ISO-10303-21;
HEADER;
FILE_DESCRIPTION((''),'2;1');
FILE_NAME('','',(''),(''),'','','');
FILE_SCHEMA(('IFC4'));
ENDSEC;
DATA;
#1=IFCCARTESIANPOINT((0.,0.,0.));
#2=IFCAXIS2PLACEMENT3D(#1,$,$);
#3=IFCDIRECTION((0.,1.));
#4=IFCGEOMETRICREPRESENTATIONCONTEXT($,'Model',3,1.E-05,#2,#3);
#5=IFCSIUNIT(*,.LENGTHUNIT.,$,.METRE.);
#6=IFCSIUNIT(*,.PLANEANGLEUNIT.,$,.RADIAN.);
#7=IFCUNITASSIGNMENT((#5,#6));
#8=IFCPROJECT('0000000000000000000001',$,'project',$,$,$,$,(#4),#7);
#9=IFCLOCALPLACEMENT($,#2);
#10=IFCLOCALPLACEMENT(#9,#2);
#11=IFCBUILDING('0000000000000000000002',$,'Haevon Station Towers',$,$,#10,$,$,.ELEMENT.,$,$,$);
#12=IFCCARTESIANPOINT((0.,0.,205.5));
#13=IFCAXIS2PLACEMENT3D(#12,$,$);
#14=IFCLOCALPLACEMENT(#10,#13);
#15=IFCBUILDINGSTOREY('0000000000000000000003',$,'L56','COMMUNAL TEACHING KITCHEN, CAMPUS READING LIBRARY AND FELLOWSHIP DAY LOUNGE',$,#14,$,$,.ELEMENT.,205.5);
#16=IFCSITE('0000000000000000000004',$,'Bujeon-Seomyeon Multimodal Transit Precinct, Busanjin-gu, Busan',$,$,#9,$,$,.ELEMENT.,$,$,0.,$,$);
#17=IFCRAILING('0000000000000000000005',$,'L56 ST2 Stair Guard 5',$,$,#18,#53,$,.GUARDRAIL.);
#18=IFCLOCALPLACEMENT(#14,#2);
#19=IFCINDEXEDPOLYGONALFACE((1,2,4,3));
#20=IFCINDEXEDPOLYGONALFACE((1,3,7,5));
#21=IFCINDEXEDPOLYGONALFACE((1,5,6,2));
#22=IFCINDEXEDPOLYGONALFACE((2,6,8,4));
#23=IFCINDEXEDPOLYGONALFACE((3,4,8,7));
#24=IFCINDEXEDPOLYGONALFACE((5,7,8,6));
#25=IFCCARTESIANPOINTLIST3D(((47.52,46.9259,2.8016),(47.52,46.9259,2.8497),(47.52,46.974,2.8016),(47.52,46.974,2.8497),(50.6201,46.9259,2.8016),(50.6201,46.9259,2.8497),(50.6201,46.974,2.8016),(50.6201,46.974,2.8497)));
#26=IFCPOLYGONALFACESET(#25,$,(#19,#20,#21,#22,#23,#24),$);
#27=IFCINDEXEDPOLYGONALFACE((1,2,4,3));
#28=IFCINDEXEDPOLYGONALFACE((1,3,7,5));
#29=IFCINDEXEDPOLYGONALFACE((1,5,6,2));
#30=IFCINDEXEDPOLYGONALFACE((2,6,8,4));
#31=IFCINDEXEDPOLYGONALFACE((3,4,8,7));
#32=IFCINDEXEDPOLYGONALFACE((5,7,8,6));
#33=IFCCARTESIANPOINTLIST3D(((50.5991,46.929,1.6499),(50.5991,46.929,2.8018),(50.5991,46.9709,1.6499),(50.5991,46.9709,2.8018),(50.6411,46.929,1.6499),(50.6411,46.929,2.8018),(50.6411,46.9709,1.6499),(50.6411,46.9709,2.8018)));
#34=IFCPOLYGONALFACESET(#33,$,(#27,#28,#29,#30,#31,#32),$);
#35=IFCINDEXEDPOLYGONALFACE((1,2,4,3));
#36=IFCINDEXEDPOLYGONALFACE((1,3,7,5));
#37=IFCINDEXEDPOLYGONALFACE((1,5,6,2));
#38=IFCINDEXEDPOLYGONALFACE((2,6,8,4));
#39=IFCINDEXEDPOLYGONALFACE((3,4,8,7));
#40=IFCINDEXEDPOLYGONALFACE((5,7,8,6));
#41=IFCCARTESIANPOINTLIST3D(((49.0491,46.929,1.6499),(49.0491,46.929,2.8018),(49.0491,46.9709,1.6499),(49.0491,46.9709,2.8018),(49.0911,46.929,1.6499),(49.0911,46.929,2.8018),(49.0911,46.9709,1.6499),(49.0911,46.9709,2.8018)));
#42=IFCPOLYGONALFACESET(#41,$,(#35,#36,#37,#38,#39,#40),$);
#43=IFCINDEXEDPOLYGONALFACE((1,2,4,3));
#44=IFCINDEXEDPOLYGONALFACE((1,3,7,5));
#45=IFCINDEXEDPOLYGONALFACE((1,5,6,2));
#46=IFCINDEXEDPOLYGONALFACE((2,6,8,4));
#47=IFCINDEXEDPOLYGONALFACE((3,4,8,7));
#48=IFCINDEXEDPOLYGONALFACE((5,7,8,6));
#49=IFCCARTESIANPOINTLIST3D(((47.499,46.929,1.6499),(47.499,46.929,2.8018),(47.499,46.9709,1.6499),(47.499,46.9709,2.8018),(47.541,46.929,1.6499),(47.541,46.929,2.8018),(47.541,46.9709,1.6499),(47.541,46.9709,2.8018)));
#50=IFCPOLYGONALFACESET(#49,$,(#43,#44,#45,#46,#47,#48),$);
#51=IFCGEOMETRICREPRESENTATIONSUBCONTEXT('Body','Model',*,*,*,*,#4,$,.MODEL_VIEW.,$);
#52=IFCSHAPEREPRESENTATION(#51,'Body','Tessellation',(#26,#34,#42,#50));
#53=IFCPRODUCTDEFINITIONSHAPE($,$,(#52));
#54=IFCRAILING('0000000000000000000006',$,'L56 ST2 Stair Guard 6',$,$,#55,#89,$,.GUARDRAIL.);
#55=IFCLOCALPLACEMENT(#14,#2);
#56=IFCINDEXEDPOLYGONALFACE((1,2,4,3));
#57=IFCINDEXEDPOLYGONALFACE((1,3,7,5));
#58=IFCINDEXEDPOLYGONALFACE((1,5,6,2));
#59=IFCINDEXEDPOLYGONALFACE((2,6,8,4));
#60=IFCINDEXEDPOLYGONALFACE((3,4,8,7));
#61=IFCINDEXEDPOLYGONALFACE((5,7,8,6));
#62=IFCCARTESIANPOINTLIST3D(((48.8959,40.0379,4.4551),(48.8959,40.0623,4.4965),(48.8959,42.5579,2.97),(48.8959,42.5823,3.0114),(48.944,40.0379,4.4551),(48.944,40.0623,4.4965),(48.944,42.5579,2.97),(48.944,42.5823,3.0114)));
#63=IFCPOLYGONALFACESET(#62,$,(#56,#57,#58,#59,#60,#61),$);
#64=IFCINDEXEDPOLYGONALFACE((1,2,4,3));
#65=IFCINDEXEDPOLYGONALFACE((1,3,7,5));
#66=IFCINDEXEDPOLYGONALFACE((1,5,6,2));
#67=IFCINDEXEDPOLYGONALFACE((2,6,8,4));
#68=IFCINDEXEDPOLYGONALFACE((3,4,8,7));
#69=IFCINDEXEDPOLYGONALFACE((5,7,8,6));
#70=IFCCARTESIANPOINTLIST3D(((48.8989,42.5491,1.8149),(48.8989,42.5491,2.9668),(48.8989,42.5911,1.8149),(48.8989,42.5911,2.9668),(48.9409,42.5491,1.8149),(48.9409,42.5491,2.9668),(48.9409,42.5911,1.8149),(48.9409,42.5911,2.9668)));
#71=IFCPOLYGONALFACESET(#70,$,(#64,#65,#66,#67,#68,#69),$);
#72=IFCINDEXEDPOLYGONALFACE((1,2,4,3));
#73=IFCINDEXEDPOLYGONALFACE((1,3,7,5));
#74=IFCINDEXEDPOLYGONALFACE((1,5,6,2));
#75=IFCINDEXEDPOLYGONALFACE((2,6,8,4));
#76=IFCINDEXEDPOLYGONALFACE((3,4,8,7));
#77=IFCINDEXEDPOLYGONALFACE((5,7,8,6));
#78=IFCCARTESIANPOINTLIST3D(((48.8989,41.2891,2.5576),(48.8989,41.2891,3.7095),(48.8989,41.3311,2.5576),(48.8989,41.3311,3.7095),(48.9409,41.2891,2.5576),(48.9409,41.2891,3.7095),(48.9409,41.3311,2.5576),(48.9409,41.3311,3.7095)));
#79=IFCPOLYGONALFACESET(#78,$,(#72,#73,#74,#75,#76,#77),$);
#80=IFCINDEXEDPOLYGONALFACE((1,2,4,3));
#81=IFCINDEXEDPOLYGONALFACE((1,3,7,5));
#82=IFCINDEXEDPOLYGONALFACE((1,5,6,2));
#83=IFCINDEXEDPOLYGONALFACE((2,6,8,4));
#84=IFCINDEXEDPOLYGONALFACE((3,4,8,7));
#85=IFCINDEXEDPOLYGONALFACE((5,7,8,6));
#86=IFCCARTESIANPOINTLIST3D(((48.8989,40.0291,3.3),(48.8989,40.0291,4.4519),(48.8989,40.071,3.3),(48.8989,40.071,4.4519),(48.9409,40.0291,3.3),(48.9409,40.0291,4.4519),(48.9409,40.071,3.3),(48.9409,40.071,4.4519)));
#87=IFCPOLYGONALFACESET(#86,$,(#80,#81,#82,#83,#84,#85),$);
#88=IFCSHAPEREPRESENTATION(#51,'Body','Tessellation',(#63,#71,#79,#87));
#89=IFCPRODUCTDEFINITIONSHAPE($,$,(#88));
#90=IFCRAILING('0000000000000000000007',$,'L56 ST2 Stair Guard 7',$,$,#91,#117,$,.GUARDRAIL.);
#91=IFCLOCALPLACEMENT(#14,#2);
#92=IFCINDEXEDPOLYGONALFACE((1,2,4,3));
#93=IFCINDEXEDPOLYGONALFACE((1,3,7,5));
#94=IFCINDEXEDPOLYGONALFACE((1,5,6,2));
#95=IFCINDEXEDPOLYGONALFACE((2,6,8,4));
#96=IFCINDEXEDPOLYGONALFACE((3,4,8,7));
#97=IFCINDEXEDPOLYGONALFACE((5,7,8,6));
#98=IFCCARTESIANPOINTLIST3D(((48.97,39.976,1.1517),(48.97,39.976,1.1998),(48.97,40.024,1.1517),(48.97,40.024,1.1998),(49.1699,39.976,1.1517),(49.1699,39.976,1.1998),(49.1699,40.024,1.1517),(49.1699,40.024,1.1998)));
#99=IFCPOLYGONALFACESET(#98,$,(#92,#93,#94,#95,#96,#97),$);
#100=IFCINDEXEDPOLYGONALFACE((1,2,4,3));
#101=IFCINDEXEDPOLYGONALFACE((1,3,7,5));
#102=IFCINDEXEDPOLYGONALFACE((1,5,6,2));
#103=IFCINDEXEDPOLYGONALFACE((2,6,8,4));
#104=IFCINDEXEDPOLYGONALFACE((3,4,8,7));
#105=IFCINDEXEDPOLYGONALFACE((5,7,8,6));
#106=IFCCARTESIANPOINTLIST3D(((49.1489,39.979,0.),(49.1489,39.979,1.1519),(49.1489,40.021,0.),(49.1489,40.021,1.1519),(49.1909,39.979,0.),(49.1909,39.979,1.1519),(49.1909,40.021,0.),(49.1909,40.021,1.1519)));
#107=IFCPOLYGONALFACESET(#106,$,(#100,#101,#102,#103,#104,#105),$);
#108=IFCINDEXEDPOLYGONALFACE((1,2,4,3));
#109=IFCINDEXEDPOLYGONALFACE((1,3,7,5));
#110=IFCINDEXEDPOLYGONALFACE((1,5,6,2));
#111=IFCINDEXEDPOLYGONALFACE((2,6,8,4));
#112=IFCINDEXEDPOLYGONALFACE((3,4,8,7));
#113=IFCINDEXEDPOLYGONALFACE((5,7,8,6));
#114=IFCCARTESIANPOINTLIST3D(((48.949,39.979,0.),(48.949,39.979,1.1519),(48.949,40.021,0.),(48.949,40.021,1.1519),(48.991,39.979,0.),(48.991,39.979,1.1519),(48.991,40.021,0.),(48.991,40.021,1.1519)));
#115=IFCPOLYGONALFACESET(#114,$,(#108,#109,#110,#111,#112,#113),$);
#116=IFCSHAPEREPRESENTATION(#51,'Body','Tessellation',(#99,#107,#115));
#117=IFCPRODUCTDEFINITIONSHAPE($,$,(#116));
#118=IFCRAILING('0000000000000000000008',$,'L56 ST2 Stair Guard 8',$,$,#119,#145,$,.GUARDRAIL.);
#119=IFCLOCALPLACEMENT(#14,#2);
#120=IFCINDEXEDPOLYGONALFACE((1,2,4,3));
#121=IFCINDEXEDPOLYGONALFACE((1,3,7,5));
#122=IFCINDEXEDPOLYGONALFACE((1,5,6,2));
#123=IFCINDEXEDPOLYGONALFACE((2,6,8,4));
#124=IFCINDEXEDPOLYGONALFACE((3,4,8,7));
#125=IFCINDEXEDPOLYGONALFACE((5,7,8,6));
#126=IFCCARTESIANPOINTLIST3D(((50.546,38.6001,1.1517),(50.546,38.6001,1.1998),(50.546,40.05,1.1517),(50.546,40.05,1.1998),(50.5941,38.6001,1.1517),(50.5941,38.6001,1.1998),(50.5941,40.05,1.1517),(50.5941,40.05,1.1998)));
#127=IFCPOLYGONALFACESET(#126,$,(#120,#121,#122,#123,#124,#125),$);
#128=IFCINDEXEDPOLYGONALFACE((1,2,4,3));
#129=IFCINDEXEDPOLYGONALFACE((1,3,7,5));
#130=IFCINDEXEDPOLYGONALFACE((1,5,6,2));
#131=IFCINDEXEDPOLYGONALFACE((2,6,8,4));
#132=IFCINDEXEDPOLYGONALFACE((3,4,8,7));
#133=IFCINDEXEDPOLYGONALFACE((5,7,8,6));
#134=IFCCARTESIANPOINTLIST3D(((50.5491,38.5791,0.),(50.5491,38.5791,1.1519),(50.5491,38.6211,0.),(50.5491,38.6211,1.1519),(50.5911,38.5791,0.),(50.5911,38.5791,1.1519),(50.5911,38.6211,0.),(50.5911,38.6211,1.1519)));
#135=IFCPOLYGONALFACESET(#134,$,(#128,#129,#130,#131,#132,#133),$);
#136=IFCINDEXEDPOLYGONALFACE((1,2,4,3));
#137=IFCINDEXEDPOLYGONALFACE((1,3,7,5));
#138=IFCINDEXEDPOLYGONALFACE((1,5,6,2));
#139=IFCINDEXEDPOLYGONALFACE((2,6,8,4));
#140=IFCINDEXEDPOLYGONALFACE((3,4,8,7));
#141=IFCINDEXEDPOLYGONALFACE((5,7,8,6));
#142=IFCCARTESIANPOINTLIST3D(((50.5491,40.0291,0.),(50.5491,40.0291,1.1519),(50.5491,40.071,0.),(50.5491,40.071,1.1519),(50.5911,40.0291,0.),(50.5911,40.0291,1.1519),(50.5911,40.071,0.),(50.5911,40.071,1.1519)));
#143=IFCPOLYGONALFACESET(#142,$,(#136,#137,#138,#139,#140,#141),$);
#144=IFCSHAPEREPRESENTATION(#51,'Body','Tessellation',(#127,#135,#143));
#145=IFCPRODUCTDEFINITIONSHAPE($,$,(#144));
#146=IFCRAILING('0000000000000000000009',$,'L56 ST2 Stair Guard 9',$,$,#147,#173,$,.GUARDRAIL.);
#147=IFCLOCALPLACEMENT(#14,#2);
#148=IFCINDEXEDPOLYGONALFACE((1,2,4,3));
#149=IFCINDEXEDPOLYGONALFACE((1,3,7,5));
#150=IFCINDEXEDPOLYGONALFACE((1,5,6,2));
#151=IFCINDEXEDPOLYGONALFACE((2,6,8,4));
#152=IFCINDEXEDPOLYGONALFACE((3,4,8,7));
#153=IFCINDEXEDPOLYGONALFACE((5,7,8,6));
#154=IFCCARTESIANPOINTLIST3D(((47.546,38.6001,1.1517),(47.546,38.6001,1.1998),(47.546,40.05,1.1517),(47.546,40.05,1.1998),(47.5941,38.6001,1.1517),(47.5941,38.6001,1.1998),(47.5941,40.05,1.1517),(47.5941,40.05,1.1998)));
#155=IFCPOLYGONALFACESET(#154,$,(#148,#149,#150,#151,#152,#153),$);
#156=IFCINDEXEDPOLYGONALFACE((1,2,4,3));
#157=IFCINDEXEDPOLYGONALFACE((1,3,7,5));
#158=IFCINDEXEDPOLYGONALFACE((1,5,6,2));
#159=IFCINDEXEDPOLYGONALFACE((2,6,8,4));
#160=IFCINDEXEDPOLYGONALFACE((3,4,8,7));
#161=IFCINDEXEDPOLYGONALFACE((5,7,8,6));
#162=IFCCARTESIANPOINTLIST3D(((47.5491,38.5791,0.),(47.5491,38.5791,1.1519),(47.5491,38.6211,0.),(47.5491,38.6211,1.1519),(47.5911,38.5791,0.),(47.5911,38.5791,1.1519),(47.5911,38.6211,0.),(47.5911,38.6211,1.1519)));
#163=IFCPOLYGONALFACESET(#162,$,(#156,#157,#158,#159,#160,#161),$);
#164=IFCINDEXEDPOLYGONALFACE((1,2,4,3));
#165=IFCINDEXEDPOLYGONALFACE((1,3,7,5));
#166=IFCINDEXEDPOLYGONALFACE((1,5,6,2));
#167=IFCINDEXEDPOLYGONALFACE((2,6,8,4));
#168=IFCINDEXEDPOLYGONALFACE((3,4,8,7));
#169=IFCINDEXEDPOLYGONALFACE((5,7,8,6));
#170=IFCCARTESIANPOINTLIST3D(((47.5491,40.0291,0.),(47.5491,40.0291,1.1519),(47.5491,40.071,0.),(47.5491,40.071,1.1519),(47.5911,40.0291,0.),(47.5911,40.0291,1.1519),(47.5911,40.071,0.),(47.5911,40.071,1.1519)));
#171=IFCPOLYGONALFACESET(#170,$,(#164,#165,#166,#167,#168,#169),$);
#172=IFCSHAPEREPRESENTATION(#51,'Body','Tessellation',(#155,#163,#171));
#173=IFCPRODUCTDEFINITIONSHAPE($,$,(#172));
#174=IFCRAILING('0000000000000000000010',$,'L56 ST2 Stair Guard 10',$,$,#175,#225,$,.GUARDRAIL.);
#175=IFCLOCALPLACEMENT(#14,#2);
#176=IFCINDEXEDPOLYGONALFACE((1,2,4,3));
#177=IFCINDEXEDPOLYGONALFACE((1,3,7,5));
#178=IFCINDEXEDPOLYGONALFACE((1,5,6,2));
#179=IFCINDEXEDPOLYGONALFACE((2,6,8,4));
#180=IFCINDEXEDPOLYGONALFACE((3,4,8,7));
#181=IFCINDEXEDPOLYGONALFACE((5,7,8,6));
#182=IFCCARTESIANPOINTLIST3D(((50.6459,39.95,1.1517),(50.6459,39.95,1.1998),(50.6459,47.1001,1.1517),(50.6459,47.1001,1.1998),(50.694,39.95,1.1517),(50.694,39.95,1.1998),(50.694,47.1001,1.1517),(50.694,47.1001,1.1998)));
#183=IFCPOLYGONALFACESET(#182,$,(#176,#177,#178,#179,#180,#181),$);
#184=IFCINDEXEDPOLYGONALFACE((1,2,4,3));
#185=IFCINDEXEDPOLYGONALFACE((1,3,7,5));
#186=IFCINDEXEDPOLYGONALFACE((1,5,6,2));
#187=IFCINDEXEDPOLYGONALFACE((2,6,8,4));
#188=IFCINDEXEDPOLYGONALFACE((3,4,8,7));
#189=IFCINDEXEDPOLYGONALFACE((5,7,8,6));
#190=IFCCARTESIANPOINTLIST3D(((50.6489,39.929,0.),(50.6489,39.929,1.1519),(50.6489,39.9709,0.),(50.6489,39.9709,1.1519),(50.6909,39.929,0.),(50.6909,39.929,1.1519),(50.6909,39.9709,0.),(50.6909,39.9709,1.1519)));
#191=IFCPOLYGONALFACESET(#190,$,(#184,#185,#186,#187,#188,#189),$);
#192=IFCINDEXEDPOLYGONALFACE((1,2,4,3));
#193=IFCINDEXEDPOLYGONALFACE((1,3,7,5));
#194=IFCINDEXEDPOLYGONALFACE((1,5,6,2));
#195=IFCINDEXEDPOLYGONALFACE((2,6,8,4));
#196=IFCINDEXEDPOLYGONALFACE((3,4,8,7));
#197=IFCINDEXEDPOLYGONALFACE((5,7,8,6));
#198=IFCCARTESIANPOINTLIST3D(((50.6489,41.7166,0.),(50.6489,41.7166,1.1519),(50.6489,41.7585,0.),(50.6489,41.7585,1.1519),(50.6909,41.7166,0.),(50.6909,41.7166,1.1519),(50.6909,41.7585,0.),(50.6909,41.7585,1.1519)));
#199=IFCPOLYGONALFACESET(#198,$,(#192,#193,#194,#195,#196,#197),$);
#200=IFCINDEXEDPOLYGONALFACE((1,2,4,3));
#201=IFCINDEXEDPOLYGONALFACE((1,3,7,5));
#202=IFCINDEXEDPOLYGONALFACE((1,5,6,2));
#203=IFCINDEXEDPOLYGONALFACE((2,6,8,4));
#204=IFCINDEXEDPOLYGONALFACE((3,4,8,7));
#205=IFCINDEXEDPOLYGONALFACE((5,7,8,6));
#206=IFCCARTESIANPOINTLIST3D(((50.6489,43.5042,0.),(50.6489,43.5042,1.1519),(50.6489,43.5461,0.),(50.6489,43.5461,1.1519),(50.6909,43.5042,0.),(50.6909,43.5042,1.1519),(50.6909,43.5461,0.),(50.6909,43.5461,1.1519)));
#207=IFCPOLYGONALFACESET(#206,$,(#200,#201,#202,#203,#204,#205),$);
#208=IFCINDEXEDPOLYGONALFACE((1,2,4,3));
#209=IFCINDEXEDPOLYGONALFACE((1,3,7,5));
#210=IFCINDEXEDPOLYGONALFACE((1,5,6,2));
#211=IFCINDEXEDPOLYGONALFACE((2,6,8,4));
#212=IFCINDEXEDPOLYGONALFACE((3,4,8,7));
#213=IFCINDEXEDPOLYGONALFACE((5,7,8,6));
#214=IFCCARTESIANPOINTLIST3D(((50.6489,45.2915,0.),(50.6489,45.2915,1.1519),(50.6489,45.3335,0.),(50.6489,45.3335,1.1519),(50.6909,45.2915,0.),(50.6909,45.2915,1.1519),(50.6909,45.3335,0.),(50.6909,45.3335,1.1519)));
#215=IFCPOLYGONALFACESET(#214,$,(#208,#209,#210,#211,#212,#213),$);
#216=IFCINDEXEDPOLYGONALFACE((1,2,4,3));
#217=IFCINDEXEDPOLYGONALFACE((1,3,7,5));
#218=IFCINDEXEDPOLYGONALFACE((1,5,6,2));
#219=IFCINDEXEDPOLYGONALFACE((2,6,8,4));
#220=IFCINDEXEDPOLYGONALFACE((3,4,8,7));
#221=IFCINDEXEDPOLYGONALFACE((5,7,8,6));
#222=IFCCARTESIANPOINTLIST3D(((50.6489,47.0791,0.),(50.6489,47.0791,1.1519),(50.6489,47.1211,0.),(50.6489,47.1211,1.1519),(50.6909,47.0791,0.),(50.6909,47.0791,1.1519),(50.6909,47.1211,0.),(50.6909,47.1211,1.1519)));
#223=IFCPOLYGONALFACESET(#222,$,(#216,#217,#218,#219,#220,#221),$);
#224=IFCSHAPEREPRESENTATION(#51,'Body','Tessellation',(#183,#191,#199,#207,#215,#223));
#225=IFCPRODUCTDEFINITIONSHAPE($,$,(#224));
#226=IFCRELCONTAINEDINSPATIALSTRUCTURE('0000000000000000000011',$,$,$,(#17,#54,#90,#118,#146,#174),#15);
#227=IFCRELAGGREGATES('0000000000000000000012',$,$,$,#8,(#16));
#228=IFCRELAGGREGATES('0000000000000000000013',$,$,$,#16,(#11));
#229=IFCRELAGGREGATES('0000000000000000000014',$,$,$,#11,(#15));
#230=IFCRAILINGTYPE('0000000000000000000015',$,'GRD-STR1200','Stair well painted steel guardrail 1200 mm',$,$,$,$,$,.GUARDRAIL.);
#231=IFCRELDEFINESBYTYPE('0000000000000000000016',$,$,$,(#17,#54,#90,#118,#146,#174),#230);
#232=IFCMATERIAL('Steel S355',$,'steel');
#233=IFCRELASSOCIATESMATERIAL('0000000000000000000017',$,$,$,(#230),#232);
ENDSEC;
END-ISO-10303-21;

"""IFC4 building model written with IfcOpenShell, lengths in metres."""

from ifc_helpers import new_model, si_unit, direction, frame, origin, origin_2d, place, context, subcontext, project, spatial, rectangle, extrude, material, type_object, element, save


model = new_model("IFC4")

# Units and contexts
model_context = context("Model", 3, precision=1e-05, world=origin(), true_north=direction((0.0, 1.0)))
body_context = subcontext(model_context, "Body", "Model", "MODEL_VIEW")
ifc_project = project(units=[si_unit("LENGTHUNIT", "METRE"), si_unit("PLANEANGLEUNIT", "RADIAN")], contexts=[model_context])

# Site, building, storey
site_placement = place(None, origin())
site = spatial("IfcSite", under=ifc_project, at=site_placement, Name="Bujeon-Seomyeon Multimodal Transit Precinct, Busanjin-gu, Busan", CompositionType="ELEMENT", RefElevation=0.0)
building_placement = place(site_placement, origin())
building = spatial("IfcBuilding", under=site, at=building_placement, Name="Haevon Station Towers", CompositionType="ELEMENT")
storey_placement = place(building_placement, frame((0.0, 0.0, 205.5)))
storey = spatial("IfcBuildingStorey", under=building, at=storey_placement, Name="L56", Description="COMMUNAL TEACHING KITCHEN, CAMPUS READING LIBRARY AND FELLOWSHIP DAY LOUNGE", CompositionType="ELEMENT", Elevation=205.5)

# Shared definitions
ifc_material_1 = material(Name="Steel S355", Category="steel")

# Railings
railing_type_1 = type_object("IfcRailingType", Name="GRD-STR1200", Description="Stair well painted steel guardrail 1200 mm", PredefinedType="GUARDRAIL", material=ifc_material_1)
railing_1_placement = place(storey_placement, frame((50.6201, 46.95, 1.6499)))
element("IfcRailing", 1, at=railing_1_placement, inside=storey, type_object=railing_type_1, Name="L56 ST2 Stair Guard 5", PredefinedType="GUARDRAIL", context=body_context, shape_type="SweptSolid", body=[
    extrude(rectangle(XDim=0.0481, YDim=0.0481, at=origin_2d()), frame((0.0, 0.0, 1.1758), z_axis=(-1.0, 0.0, 0.0), x_axis=(0.0, -1.0, 0.0)), (0.0, 0.0, 1.0), 3.1001),
    extrude(rectangle(XDim=0.042, YDim=0.042, at=origin_2d()), origin(), (0.0, 0.0, 1.0), 1.1519),
    extrude(rectangle(XDim=0.042, YDim=0.042, at=origin_2d()), frame((-1.55, 0.0, 0.0)), (0.0, 0.0, 1.0), 1.1519),
    extrude(rectangle(XDim=0.042, YDim=0.042, at=origin_2d()), frame((-3.1001, 0.0, 0.0)), (0.0, 0.0, 1.0), 1.1519),
])
railing_2_placement = place(storey_placement, frame((48.9199, 42.5701, 1.8149)))
element("IfcRailing", 2, at=railing_2_placement, inside=storey, type_object=railing_type_1, Name="L56 ST2 Stair Guard 6", PredefinedType="GUARDRAIL", context=body_context, shape_type="SweptSolid", body=[
    extrude(rectangle(XDim=0.0481, YDim=0.0481, at=origin_2d()), frame((0.0, 0.0, 1.1758), z_axis=(0.0, -0.861524, 0.507717), x_axis=(1.0, 0.0, 0.0)), (0.0, 0.0, 1.0), 2.925),
    extrude(rectangle(XDim=0.042, YDim=0.042, at=origin_2d()), origin(), (0.0, 0.0, 1.0), 1.1519),
    extrude(rectangle(XDim=0.042, YDim=0.042, at=origin_2d()), frame((0.0, -1.26, 0.7427)), (0.0, 0.0, 1.0), 1.1519),
    extrude(rectangle(XDim=0.042, YDim=0.042, at=origin_2d()), frame((0.0, -2.52, 1.4851)), (0.0, 0.0, 1.0), 1.1519),
])
railing_3_placement = place(storey_placement, frame((49.1699, 40.0, 0.0)))
element("IfcRailing", 3, at=railing_3_placement, inside=storey, type_object=railing_type_1, Name="L56 ST2 Stair Guard 7", PredefinedType="GUARDRAIL", context=body_context, shape_type="SweptSolid", body=[
    extrude(rectangle(XDim=0.0481, YDim=0.0481, at=origin_2d()), frame((0.0, 0.0, 1.1758), z_axis=(-1.0, 0.0, 0.0), x_axis=(0.0, -1.0, 0.0)), (0.0, 0.0, 1.0), 0.2),
    extrude(rectangle(XDim=0.042, YDim=0.042, at=origin_2d()), origin(), (0.0, 0.0, 1.0), 1.1519),
    extrude(rectangle(XDim=0.042, YDim=0.042, at=origin_2d()), frame((-0.2, 0.0, 0.0)), (0.0, 0.0, 1.0), 1.1519),
])
for number, where, name in (
    (4, (50.5701, 38.6001, 0.0), "L56 ST2 Stair Guard 8"),
    (5, (47.5701, 38.6001, 0.0), "L56 ST2 Stair Guard 9"),
):
    element("IfcRailing", number, at=place(storey_placement, frame(where)), inside=storey, type_object=railing_type_1, Name=name, PredefinedType="GUARDRAIL", context=body_context, shape_type="SweptSolid", body=[
        extrude(rectangle(XDim=0.0481, YDim=0.0481, at=origin_2d()), frame((0.0, 0.0, 1.1758), z_axis=(0.0, 1.0, 0.0), x_axis=(-1.0, 0.0, 0.0)), (0.0, 0.0, 1.0), 1.45),
        extrude(rectangle(XDim=0.042, YDim=0.042, at=origin_2d()), origin(), (0.0, 0.0, 1.0), 1.1519),
        extrude(rectangle(XDim=0.042, YDim=0.042, at=origin_2d()), frame((0.0, 1.45, 0.0)), (0.0, 0.0, 1.0), 1.1519),
    ])
for number, where, name in (
    (6, (50.6699, 39.95, 0.0), "L56 ST2 Stair Guard 10"),
):
    element("IfcRailing", number, at=place(storey_placement, frame(where)), inside=storey, type_object=railing_type_1, Name=name, PredefinedType="GUARDRAIL", context=body_context, shape_type="SweptSolid", body=[
        extrude(rectangle(XDim=0.0481, YDim=0.0481, at=origin_2d()), frame((0.0, 0.0, 1.1758), z_axis=(0.0, 1.0, 0.0), x_axis=(-1.0, 0.0, 0.0)), (0.0, 0.0, 1.0), 7.1501),
        extrude(rectangle(XDim=0.042, YDim=0.042, at=origin_2d()), origin(), (0.0, 0.0, 1.0), 1.1519),
        extrude(rectangle(XDim=0.042, YDim=0.042, at=origin_2d()), frame((0.0, 1.7876, 0.0)), (0.0, 0.0, 1.0), 1.1519),
        extrude(rectangle(XDim=0.042, YDim=0.042, at=origin_2d()), frame((0.0, 3.5752, 0.0)), (0.0, 0.0, 1.0), 1.1519),
        extrude(rectangle(XDim=0.042, YDim=0.042, at=origin_2d()), frame((0.0, 5.3625, 0.0)), (0.0, 0.0, 1.0), 1.1519),
        extrude(rectangle(XDim=0.042, YDim=0.042, at=origin_2d()), frame((0.0, 7.1501, 0.0)), (0.0, 0.0, 1.0), 1.1519),
    ])

save(model, "model.ifc")
